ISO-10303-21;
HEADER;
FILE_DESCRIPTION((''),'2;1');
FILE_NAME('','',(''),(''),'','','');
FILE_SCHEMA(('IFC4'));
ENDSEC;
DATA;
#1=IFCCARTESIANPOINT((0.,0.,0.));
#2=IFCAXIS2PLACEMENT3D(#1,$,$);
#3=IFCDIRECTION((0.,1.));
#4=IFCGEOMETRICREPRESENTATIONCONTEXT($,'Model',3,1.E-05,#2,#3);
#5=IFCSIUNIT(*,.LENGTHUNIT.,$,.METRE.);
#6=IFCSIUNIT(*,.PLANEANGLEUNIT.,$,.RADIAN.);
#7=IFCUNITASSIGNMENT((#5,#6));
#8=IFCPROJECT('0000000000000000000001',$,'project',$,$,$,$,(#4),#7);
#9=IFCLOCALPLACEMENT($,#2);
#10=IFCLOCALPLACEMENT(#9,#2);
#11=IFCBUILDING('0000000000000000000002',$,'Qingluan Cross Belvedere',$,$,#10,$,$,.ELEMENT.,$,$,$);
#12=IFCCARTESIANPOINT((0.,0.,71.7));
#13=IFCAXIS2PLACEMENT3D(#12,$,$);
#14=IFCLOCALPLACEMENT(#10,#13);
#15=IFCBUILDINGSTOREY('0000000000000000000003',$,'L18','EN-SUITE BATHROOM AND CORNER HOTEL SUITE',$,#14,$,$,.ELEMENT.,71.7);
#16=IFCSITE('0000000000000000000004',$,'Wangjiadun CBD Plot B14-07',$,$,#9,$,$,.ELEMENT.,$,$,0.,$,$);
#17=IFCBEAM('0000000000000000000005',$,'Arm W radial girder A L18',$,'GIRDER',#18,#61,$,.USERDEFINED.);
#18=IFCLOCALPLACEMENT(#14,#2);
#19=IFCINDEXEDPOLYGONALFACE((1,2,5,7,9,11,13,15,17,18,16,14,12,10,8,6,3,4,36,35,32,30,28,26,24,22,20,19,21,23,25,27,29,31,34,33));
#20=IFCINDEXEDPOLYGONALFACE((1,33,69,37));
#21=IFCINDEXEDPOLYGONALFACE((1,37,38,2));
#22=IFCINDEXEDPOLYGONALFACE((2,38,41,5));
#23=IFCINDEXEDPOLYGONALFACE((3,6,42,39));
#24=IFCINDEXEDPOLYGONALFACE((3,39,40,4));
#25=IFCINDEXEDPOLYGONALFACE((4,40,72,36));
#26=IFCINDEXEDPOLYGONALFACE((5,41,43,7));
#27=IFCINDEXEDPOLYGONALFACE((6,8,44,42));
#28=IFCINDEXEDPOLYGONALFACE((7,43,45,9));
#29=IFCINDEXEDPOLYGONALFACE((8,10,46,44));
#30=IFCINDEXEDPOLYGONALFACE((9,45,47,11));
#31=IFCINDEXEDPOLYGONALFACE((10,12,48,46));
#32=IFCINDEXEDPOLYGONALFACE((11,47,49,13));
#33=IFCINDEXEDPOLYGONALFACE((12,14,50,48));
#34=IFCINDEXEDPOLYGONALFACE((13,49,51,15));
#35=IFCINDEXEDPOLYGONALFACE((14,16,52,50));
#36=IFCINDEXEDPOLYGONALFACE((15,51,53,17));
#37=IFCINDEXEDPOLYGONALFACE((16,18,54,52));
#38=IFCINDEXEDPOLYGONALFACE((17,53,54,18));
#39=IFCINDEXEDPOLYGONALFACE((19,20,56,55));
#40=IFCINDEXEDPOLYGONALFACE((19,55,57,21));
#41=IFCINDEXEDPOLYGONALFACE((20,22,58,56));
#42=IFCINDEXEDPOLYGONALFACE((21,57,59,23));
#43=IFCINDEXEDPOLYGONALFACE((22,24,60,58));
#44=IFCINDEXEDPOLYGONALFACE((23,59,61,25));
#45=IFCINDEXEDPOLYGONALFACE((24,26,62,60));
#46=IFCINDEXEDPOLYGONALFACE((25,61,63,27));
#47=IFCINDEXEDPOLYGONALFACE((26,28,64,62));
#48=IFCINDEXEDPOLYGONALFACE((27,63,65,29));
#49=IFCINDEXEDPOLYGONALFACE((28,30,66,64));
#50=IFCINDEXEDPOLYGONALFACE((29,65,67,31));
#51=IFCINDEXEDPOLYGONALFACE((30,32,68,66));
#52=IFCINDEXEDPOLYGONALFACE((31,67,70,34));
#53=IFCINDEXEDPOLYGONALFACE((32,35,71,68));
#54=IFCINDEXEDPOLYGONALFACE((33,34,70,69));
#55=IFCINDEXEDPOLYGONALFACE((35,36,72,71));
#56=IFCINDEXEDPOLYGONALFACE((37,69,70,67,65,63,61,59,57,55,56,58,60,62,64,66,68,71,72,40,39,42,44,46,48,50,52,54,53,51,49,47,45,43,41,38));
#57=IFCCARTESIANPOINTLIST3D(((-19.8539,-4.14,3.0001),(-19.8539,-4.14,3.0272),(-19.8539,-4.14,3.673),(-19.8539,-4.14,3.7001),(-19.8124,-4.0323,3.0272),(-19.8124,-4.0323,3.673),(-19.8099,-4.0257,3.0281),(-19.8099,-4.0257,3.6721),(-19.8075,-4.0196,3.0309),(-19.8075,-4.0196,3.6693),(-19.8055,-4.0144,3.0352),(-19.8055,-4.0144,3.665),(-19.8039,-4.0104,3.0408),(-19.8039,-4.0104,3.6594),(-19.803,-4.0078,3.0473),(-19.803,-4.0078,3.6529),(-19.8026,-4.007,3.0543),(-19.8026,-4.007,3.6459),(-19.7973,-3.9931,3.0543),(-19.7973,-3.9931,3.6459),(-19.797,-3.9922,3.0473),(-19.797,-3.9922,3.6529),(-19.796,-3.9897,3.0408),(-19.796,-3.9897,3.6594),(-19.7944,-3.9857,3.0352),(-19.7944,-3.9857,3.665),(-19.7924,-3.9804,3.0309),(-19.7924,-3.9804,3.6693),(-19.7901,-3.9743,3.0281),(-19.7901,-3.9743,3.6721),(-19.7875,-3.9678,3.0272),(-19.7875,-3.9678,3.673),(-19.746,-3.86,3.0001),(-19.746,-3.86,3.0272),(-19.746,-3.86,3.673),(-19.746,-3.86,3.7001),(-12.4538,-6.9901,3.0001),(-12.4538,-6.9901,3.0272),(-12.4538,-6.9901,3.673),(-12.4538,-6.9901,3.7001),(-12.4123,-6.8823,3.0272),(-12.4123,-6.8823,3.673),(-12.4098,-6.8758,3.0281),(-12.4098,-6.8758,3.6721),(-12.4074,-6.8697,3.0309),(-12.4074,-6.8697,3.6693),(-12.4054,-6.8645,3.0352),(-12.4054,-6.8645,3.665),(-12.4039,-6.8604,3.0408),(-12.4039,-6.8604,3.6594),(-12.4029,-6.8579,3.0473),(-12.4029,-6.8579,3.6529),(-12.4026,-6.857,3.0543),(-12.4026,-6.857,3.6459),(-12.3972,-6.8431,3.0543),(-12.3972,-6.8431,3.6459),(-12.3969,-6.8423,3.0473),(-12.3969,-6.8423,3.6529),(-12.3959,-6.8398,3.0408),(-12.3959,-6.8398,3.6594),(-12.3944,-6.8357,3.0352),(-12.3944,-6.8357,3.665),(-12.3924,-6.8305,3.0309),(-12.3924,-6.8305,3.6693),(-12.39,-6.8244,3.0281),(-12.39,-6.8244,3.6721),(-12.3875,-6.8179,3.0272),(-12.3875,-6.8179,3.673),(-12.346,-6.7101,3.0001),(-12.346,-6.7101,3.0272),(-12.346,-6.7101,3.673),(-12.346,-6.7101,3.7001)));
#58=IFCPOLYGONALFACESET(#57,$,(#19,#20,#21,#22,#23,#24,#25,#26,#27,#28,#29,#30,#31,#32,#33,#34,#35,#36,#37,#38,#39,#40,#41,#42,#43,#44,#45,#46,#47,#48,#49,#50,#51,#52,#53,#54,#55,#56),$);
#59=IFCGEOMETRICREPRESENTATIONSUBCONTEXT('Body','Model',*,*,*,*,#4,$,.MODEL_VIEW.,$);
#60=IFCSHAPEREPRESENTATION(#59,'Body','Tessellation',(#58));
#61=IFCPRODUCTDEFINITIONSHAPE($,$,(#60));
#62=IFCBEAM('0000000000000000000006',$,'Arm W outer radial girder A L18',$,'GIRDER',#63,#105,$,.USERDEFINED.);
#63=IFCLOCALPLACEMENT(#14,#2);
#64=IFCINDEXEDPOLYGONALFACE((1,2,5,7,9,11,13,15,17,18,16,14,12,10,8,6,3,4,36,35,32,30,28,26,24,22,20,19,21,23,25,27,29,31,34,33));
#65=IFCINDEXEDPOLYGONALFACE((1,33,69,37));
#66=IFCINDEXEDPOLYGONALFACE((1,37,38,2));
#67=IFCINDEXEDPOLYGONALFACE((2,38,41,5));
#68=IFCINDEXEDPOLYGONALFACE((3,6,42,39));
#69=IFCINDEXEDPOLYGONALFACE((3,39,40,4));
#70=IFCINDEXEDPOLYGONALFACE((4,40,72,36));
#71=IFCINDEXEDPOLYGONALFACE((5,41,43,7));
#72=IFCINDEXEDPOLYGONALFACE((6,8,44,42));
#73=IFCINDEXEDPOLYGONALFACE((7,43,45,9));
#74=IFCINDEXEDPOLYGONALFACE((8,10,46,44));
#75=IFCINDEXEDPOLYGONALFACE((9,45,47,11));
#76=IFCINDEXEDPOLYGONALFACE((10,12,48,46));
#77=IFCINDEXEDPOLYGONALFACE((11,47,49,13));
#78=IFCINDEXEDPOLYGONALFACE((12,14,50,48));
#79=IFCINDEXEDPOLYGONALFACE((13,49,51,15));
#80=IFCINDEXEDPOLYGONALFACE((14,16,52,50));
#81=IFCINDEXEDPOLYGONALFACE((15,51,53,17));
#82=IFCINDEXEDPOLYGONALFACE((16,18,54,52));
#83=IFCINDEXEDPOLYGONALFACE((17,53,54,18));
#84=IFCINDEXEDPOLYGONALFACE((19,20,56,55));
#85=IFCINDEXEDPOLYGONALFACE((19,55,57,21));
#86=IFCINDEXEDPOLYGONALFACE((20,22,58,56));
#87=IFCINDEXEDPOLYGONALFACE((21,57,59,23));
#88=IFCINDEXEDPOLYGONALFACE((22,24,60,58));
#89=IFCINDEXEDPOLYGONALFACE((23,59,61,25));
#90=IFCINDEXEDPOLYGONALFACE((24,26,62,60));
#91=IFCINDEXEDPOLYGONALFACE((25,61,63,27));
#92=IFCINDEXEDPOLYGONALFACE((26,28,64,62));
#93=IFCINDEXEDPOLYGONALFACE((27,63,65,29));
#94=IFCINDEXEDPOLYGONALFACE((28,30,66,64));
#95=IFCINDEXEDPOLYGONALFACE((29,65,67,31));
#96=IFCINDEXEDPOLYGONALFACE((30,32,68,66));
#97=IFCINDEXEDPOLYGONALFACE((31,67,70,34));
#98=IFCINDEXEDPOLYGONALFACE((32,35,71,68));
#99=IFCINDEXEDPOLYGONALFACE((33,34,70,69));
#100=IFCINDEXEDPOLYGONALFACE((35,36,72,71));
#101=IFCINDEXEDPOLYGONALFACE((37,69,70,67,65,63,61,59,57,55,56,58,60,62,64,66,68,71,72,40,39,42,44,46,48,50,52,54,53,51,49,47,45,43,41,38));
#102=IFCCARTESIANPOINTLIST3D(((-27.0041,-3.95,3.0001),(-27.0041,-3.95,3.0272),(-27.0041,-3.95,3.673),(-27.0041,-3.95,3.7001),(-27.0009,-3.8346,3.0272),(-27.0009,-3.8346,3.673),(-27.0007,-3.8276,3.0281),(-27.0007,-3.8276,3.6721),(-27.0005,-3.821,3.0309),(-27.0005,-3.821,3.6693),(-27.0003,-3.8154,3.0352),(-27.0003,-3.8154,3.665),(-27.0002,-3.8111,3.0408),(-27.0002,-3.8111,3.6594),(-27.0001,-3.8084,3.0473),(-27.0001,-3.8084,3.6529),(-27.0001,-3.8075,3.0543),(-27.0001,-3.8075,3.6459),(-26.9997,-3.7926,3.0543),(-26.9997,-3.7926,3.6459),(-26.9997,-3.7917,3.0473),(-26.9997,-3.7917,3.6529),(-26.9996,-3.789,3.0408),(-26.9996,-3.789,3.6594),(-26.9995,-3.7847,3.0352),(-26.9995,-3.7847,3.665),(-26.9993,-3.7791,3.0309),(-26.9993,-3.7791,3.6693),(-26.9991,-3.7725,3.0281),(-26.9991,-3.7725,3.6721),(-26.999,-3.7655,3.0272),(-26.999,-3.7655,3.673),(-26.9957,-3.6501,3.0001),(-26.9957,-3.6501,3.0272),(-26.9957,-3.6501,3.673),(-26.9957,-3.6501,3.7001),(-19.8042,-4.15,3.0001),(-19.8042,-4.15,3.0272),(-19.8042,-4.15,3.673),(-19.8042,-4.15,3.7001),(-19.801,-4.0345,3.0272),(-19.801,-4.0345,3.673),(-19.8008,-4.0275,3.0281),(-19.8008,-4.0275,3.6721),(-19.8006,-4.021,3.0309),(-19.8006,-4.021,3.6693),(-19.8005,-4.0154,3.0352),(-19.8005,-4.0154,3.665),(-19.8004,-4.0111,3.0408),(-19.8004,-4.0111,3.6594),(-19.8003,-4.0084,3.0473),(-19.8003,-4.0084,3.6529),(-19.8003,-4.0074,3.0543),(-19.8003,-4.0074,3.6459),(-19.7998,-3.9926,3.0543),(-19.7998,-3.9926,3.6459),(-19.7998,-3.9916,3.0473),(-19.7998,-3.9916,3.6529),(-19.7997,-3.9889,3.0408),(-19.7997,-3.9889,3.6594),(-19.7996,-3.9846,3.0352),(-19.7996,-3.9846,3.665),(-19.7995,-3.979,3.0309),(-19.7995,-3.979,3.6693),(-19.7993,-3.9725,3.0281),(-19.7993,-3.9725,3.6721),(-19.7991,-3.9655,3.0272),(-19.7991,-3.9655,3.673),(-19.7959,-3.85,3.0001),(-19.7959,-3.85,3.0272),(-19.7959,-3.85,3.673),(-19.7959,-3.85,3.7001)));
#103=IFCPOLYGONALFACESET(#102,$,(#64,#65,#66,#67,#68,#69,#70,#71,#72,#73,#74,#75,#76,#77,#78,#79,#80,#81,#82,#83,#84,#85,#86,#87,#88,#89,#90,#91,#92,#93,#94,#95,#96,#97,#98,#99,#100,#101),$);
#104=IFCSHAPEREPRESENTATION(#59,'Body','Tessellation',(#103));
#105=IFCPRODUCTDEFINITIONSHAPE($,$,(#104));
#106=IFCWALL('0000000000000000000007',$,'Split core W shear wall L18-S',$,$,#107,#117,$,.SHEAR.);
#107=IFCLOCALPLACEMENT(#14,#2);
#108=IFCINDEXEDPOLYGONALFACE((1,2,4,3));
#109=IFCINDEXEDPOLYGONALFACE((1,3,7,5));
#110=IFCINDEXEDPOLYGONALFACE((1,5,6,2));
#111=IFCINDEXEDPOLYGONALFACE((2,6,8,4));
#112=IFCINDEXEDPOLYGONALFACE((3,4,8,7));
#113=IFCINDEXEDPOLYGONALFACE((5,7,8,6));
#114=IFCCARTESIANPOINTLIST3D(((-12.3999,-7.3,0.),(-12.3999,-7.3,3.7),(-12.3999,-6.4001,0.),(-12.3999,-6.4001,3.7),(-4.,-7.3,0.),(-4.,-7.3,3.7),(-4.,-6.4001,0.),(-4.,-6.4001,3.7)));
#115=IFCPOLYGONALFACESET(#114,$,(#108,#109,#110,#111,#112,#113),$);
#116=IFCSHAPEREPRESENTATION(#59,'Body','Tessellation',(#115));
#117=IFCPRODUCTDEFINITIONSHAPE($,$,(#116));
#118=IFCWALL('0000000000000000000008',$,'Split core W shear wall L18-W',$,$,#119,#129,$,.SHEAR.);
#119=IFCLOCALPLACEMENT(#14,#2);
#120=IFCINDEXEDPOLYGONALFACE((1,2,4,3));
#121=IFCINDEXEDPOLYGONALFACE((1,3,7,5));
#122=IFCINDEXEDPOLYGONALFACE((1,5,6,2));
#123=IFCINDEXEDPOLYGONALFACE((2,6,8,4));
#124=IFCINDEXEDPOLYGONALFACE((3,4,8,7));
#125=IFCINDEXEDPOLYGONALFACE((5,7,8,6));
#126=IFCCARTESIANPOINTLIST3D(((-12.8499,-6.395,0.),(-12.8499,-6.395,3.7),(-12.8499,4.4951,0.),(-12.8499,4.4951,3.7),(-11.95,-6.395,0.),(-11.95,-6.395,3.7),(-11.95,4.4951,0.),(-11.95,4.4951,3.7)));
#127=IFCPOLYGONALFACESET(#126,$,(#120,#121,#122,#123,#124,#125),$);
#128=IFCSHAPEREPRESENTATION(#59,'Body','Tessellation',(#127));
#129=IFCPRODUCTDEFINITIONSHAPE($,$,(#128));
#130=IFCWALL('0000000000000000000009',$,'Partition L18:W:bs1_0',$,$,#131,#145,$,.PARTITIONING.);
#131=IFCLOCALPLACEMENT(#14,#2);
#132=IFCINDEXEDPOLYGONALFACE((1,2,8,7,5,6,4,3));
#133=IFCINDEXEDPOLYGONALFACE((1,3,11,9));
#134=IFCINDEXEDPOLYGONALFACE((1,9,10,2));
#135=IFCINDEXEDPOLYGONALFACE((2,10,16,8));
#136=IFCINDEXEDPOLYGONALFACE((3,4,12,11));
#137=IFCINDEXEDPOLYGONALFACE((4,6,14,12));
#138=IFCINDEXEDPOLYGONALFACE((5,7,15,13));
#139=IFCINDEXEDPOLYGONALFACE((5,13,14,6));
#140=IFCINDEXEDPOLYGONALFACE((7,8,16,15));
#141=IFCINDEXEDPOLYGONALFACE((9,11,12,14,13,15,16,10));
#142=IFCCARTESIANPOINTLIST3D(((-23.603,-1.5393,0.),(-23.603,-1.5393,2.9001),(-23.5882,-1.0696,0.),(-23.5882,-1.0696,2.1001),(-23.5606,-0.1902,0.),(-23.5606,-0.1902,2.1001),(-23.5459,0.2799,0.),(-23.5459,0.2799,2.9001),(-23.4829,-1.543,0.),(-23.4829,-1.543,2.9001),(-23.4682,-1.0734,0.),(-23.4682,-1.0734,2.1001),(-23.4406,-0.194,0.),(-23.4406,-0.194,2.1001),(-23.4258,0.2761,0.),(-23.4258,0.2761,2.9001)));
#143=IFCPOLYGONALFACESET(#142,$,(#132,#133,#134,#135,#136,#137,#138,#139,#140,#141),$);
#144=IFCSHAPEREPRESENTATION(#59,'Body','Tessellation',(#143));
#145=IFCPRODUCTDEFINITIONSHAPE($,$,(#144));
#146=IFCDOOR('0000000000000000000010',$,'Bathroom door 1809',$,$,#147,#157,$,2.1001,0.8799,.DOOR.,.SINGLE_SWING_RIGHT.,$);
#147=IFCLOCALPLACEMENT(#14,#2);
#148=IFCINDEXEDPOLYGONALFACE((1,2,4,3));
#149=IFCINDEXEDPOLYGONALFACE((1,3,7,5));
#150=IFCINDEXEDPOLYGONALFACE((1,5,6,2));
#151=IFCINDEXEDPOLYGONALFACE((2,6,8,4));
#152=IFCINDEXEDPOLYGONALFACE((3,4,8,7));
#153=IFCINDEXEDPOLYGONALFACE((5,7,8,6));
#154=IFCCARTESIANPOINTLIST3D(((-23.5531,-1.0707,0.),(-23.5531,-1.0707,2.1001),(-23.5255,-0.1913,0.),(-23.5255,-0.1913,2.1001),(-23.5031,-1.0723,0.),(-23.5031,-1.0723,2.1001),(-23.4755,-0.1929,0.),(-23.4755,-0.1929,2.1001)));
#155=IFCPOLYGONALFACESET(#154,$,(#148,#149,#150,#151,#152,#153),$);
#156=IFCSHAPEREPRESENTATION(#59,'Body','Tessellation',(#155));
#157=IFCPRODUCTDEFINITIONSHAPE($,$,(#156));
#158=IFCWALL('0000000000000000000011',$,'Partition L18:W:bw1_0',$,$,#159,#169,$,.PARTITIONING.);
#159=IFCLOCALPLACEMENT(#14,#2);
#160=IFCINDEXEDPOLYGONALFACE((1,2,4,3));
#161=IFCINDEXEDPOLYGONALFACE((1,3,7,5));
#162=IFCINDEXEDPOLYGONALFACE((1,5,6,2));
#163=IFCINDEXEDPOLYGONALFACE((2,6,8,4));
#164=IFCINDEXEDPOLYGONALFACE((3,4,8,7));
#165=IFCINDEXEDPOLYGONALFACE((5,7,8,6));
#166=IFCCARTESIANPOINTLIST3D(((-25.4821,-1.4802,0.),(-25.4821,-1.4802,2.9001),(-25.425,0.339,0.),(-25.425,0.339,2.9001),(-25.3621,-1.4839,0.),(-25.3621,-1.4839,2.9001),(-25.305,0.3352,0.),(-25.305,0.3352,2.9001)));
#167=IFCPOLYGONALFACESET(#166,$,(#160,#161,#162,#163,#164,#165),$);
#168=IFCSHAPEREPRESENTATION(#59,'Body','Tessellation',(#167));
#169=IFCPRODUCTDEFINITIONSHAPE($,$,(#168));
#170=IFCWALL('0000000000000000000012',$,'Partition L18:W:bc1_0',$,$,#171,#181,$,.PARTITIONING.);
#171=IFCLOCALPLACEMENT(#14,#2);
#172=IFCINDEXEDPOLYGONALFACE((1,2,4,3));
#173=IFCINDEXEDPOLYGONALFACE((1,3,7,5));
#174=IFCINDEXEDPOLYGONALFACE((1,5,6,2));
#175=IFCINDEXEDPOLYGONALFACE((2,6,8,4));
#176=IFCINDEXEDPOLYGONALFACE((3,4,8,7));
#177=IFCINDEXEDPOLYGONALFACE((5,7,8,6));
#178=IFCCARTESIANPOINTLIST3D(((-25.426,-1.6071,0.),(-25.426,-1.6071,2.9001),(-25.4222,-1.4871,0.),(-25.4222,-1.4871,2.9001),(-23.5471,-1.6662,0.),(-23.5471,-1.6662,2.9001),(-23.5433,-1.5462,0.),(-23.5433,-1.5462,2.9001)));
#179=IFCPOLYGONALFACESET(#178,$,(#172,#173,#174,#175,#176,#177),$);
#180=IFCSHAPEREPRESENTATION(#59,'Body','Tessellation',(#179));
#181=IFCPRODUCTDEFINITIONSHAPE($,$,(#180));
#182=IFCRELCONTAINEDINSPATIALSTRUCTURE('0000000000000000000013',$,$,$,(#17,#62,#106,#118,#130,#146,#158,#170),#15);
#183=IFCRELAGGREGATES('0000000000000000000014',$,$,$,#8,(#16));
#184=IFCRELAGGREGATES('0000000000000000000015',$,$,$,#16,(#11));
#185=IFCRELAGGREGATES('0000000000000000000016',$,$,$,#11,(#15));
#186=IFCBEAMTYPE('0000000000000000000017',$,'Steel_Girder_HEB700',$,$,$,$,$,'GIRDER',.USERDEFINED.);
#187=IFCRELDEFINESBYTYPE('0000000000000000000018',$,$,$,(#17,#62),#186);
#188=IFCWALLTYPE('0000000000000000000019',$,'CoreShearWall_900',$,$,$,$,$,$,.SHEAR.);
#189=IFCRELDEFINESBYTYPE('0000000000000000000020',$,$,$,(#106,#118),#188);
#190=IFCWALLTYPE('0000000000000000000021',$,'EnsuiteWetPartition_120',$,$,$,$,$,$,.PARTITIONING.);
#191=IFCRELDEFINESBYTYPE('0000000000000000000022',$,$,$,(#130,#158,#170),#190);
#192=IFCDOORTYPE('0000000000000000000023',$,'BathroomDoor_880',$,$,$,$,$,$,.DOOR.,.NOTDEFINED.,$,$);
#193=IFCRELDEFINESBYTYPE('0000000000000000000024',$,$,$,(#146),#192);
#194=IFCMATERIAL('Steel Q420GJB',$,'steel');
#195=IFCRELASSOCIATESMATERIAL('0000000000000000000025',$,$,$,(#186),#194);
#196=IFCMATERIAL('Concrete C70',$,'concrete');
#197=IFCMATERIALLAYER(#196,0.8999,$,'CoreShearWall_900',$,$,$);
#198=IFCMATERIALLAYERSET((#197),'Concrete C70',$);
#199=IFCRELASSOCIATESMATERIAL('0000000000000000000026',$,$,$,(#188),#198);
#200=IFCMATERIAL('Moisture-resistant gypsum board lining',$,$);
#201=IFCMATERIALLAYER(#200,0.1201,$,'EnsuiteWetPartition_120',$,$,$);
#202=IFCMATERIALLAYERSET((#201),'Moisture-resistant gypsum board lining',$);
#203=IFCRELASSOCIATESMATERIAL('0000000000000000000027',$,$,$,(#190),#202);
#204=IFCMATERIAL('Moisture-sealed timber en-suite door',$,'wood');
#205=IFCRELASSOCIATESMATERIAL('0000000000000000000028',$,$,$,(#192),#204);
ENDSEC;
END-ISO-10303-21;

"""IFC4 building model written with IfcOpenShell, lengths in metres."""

from ifc_helpers import new_model, si_unit, direction, frame, frame_2d, origin, origin_2d, place, context, subcontext, project, spatial, rectangle, i_section, extrude, material, layer, layer_set, material_profile, profile_set, type_object, element, fill, save


model = new_model("IFC4")

# Units and contexts
model_context = context("Model", 3, precision=1e-05, world=origin(), true_north=direction((0.0, 1.0)))
body_context = subcontext(model_context, "Body", "Model", "MODEL_VIEW")
ifc_project = project(units=[si_unit("LENGTHUNIT", "METRE"), si_unit("PLANEANGLEUNIT", "RADIAN")], contexts=[model_context])

# Site, building, storey
site_placement = place(None, origin())
site = spatial("IfcSite", under=ifc_project, at=site_placement, Name="Wangjiadun CBD Plot B14-07", CompositionType="ELEMENT", RefElevation=0.0)
building_placement = place(site_placement, origin())
building = spatial("IfcBuilding", under=site, at=building_placement, Name="Qingluan Cross Belvedere", CompositionType="ELEMENT")
storey_placement = place(building_placement, frame((0.0, 0.0, 71.7)))
storey = spatial("IfcBuildingStorey", under=building, at=storey_placement, Name="L18", Description="EN-SUITE BATHROOM AND CORNER HOTEL SUITE", CompositionType="ELEMENT", Elevation=71.7)

# Beams
ifc_material_1 = material(Name="Steel Q420GJB", Category="steel")
ifc_material_profile_1 = material_profile(ifc_material_1, i_section(OverallWidth=0.3, OverallDepth=0.7, WebThickness=0.0149, FlangeThickness=0.0271, FilletRadius=0.0271, at=origin_2d()), Name="HEB700")
ifc_profile_set_1 = profile_set([ifc_material_profile_1], Name="Steel Q420GJB")
beam_type_1 = type_object("IfcBeamType", Name="Steel_Girder_HEB700", ElementType="GIRDER", PredefinedType="USERDEFINED", material=ifc_profile_set_1)
beam_1_placement = place(storey_placement, frame((-12.3999, -6.8501, 3.3501), z_axis=(-0.933181, 0.359406, 0.0), x_axis=(-0.359406, -0.933181, 0.0)))
element("IfcBeam", 1, at=beam_1_placement, inside=storey, type_object=beam_type_1, Name="Arm W radial girder A L18", ObjectType="GIRDER", PredefinedType="USERDEFINED", context=body_context, shape_type="SweptSolid", body=[
    extrude(i_section(OverallWidth=0.3, OverallDepth=0.7, WebThickness=0.0149, FlangeThickness=0.0271, FilletRadius=0.0271, at=origin_2d()), origin(), (0.0, 0.0, 1.0), 7.9299),
])
beam_2_placement = place(storey_placement, frame((-19.8, -4.0, 3.3501), z_axis=(-0.999615, 0.02776, 0.0), x_axis=(-0.02776, -0.999615, 0.0)))
element("IfcBeam", 2, at=beam_2_placement, inside=storey, type_object=beam_type_1, Name="Arm W outer radial girder A L18", ObjectType="GIRDER", PredefinedType="USERDEFINED", context=body_context, shape_type="SweptSolid", body=[
    extrude(i_section(OverallWidth=0.3, OverallDepth=0.7, WebThickness=0.0149, FlangeThickness=0.0271, FilletRadius=0.0271, at=origin_2d()), origin(), (0.0, 0.0, 1.0), 7.2026),
])

# Walls
ifc_material_2 = material(Name="Concrete C70", Category="concrete")
ifc_layer_1 = layer(ifc_material_2, 0.8999, Name="CoreShearWall_900")
ifc_layer_set_1 = layer_set([ifc_layer_1], Name="Concrete C70")
wall_type_1 = type_object("IfcWallType", Name="CoreShearWall_900", PredefinedType="SHEAR", material=ifc_layer_set_1)
wall_1_placement = place(storey_placement, frame((-12.3999, -6.8501, 0.0), z_axis=(0.0, 0.0, 1.0), x_axis=(1.0, 0.0, 0.0)))
element("IfcWall", 3, at=wall_1_placement, inside=storey, type_object=wall_type_1, Name="Split core W shear wall L18-S", PredefinedType="SHEAR", context=body_context, shape_type="SweptSolid", body=[
    extrude(rectangle(XDim=8.3999, YDim=0.8999, at=frame_2d((4.2, 0.0))), origin(), (0.0, 0.0, 1.0), 3.7),
])
wall_2_placement = place(storey_placement, frame((-12.3999, -6.395, 0.0), z_axis=(0.0, 0.0, 1.0), x_axis=(0.0, 1.0, 0.0)))
element("IfcWall", 4, at=wall_2_placement, inside=storey, type_object=wall_type_1, Name="Split core W shear wall L18-W", PredefinedType="SHEAR", context=body_context, shape_type="SweptSolid", body=[
    extrude(rectangle(XDim=10.8901, YDim=0.8999, at=frame_2d((5.4451, 0.0))), origin(), (0.0, 0.0, 1.0), 3.7),
])

# Wall, opening, door
ifc_material_3 = material(Name="Moisture-resistant gypsum board lining")
ifc_layer_2 = layer(ifc_material_3, 0.1201, Name="EnsuiteWetPartition_120")
ifc_layer_set_2 = layer_set([ifc_layer_2], Name="Moisture-resistant gypsum board lining")
wall_type_2 = type_object("IfcWallType", Name="EnsuiteWetPartition_120", PredefinedType="PARTITIONING", material=ifc_layer_set_2)
wall_3_placement = place(storey_placement, frame((-23.543, -1.5413, 0.0), z_axis=(0.0, 0.0, 1.0), x_axis=(0.03139, 0.999507, 0.0)))
wall_3 = element("IfcWall", 5, at=wall_3_placement, inside=storey, type_object=wall_type_2, Name="Partition L18:W:bs1_0", PredefinedType="PARTITIONING", context=body_context, shape_type="SweptSolid", body=[
    extrude(rectangle(XDim=1.8201, YDim=0.1201, at=frame_2d((0.9102, 0.0))), origin(), (0.0, 0.0, 1.0), 2.9001),
])
opening_1_placement = place(wall_3_placement, frame((0.47, 0.0, 0.0)))
opening_1 = element("IfcOpeningElement", 6, at=opening_1_placement, cuts=wall_3, PredefinedType="OPENING", context=body_context, shape_type="SweptSolid", body=[
    extrude(rectangle(XDim=0.8799, YDim=2.1001, at=frame_2d((0.4399, 1.05))), frame((0.0, 0.0701, 0.0), z_axis=(0.0, -1.0, 0.0), x_axis=(1.0, 0.0, 0.0)), (0.0, 0.0, 1.0), 0.1401),
])
ifc_material_4 = material(Name="Moisture-sealed timber en-suite door", Category="wood")
door_type = type_object("IfcDoorType", Name="BathroomDoor_880", OperationType="NOTDEFINED", PredefinedType="DOOR", material=ifc_material_4)
door_1_placement = place(opening_1_placement, origin())
door_1 = element("IfcDoor", 7, at=door_1_placement, inside=storey, type_object=door_type, Name="Bathroom door 1809", OperationType="SINGLE_SWING_RIGHT", OverallHeight=2.1001, OverallWidth=0.8799, PredefinedType="DOOR", context=body_context, shape_type="SweptSolid", body=[
    extrude(rectangle(XDim=0.8799, YDim=2.1001, at=frame_2d((0.4399, 1.05))), frame((0.0, 0.0249, 0.0), z_axis=(0.0, -1.0, 0.0), x_axis=(1.0, 0.0, 0.0)), (0.0, 0.0, 1.0), 0.05),
])
fill(opening_1, door_1)

# Walls
wall_4_placement = place(storey_placement, frame((-25.4221, -1.4822, 0.0), z_axis=(0.0, 0.0, 1.0), x_axis=(0.03139, 0.999507, 0.0)))
element("IfcWall", 8, at=wall_4_placement, inside=storey, type_object=wall_type_2, Name="Partition L18:W:bw1_0", PredefinedType="PARTITIONING", context=body_context, shape_type="SweptSolid", body=[
    extrude(rectangle(XDim=1.8201, YDim=0.1201, at=frame_2d((0.9102, 0.0))), origin(), (0.0, 0.0, 1.0), 2.9001),
])
wall_5_placement = place(storey_placement, frame((-23.5452, -1.6062, 0.0), z_axis=(0.0, 0.0, 1.0), x_axis=(-0.999506, 0.031429, 0.0)))
element("IfcWall", 9, at=wall_5_placement, inside=storey, type_object=wall_type_2, Name="Partition L18:W:bc1_0", PredefinedType="PARTITIONING", context=body_context, shape_type="SweptSolid", body=[
    extrude(rectangle(XDim=1.8799, YDim=0.1201, at=frame_2d((0.9399, 0.0))), origin(), (0.0, 0.0, 1.0), 2.9001),
])

save(model, "model.ifc")
